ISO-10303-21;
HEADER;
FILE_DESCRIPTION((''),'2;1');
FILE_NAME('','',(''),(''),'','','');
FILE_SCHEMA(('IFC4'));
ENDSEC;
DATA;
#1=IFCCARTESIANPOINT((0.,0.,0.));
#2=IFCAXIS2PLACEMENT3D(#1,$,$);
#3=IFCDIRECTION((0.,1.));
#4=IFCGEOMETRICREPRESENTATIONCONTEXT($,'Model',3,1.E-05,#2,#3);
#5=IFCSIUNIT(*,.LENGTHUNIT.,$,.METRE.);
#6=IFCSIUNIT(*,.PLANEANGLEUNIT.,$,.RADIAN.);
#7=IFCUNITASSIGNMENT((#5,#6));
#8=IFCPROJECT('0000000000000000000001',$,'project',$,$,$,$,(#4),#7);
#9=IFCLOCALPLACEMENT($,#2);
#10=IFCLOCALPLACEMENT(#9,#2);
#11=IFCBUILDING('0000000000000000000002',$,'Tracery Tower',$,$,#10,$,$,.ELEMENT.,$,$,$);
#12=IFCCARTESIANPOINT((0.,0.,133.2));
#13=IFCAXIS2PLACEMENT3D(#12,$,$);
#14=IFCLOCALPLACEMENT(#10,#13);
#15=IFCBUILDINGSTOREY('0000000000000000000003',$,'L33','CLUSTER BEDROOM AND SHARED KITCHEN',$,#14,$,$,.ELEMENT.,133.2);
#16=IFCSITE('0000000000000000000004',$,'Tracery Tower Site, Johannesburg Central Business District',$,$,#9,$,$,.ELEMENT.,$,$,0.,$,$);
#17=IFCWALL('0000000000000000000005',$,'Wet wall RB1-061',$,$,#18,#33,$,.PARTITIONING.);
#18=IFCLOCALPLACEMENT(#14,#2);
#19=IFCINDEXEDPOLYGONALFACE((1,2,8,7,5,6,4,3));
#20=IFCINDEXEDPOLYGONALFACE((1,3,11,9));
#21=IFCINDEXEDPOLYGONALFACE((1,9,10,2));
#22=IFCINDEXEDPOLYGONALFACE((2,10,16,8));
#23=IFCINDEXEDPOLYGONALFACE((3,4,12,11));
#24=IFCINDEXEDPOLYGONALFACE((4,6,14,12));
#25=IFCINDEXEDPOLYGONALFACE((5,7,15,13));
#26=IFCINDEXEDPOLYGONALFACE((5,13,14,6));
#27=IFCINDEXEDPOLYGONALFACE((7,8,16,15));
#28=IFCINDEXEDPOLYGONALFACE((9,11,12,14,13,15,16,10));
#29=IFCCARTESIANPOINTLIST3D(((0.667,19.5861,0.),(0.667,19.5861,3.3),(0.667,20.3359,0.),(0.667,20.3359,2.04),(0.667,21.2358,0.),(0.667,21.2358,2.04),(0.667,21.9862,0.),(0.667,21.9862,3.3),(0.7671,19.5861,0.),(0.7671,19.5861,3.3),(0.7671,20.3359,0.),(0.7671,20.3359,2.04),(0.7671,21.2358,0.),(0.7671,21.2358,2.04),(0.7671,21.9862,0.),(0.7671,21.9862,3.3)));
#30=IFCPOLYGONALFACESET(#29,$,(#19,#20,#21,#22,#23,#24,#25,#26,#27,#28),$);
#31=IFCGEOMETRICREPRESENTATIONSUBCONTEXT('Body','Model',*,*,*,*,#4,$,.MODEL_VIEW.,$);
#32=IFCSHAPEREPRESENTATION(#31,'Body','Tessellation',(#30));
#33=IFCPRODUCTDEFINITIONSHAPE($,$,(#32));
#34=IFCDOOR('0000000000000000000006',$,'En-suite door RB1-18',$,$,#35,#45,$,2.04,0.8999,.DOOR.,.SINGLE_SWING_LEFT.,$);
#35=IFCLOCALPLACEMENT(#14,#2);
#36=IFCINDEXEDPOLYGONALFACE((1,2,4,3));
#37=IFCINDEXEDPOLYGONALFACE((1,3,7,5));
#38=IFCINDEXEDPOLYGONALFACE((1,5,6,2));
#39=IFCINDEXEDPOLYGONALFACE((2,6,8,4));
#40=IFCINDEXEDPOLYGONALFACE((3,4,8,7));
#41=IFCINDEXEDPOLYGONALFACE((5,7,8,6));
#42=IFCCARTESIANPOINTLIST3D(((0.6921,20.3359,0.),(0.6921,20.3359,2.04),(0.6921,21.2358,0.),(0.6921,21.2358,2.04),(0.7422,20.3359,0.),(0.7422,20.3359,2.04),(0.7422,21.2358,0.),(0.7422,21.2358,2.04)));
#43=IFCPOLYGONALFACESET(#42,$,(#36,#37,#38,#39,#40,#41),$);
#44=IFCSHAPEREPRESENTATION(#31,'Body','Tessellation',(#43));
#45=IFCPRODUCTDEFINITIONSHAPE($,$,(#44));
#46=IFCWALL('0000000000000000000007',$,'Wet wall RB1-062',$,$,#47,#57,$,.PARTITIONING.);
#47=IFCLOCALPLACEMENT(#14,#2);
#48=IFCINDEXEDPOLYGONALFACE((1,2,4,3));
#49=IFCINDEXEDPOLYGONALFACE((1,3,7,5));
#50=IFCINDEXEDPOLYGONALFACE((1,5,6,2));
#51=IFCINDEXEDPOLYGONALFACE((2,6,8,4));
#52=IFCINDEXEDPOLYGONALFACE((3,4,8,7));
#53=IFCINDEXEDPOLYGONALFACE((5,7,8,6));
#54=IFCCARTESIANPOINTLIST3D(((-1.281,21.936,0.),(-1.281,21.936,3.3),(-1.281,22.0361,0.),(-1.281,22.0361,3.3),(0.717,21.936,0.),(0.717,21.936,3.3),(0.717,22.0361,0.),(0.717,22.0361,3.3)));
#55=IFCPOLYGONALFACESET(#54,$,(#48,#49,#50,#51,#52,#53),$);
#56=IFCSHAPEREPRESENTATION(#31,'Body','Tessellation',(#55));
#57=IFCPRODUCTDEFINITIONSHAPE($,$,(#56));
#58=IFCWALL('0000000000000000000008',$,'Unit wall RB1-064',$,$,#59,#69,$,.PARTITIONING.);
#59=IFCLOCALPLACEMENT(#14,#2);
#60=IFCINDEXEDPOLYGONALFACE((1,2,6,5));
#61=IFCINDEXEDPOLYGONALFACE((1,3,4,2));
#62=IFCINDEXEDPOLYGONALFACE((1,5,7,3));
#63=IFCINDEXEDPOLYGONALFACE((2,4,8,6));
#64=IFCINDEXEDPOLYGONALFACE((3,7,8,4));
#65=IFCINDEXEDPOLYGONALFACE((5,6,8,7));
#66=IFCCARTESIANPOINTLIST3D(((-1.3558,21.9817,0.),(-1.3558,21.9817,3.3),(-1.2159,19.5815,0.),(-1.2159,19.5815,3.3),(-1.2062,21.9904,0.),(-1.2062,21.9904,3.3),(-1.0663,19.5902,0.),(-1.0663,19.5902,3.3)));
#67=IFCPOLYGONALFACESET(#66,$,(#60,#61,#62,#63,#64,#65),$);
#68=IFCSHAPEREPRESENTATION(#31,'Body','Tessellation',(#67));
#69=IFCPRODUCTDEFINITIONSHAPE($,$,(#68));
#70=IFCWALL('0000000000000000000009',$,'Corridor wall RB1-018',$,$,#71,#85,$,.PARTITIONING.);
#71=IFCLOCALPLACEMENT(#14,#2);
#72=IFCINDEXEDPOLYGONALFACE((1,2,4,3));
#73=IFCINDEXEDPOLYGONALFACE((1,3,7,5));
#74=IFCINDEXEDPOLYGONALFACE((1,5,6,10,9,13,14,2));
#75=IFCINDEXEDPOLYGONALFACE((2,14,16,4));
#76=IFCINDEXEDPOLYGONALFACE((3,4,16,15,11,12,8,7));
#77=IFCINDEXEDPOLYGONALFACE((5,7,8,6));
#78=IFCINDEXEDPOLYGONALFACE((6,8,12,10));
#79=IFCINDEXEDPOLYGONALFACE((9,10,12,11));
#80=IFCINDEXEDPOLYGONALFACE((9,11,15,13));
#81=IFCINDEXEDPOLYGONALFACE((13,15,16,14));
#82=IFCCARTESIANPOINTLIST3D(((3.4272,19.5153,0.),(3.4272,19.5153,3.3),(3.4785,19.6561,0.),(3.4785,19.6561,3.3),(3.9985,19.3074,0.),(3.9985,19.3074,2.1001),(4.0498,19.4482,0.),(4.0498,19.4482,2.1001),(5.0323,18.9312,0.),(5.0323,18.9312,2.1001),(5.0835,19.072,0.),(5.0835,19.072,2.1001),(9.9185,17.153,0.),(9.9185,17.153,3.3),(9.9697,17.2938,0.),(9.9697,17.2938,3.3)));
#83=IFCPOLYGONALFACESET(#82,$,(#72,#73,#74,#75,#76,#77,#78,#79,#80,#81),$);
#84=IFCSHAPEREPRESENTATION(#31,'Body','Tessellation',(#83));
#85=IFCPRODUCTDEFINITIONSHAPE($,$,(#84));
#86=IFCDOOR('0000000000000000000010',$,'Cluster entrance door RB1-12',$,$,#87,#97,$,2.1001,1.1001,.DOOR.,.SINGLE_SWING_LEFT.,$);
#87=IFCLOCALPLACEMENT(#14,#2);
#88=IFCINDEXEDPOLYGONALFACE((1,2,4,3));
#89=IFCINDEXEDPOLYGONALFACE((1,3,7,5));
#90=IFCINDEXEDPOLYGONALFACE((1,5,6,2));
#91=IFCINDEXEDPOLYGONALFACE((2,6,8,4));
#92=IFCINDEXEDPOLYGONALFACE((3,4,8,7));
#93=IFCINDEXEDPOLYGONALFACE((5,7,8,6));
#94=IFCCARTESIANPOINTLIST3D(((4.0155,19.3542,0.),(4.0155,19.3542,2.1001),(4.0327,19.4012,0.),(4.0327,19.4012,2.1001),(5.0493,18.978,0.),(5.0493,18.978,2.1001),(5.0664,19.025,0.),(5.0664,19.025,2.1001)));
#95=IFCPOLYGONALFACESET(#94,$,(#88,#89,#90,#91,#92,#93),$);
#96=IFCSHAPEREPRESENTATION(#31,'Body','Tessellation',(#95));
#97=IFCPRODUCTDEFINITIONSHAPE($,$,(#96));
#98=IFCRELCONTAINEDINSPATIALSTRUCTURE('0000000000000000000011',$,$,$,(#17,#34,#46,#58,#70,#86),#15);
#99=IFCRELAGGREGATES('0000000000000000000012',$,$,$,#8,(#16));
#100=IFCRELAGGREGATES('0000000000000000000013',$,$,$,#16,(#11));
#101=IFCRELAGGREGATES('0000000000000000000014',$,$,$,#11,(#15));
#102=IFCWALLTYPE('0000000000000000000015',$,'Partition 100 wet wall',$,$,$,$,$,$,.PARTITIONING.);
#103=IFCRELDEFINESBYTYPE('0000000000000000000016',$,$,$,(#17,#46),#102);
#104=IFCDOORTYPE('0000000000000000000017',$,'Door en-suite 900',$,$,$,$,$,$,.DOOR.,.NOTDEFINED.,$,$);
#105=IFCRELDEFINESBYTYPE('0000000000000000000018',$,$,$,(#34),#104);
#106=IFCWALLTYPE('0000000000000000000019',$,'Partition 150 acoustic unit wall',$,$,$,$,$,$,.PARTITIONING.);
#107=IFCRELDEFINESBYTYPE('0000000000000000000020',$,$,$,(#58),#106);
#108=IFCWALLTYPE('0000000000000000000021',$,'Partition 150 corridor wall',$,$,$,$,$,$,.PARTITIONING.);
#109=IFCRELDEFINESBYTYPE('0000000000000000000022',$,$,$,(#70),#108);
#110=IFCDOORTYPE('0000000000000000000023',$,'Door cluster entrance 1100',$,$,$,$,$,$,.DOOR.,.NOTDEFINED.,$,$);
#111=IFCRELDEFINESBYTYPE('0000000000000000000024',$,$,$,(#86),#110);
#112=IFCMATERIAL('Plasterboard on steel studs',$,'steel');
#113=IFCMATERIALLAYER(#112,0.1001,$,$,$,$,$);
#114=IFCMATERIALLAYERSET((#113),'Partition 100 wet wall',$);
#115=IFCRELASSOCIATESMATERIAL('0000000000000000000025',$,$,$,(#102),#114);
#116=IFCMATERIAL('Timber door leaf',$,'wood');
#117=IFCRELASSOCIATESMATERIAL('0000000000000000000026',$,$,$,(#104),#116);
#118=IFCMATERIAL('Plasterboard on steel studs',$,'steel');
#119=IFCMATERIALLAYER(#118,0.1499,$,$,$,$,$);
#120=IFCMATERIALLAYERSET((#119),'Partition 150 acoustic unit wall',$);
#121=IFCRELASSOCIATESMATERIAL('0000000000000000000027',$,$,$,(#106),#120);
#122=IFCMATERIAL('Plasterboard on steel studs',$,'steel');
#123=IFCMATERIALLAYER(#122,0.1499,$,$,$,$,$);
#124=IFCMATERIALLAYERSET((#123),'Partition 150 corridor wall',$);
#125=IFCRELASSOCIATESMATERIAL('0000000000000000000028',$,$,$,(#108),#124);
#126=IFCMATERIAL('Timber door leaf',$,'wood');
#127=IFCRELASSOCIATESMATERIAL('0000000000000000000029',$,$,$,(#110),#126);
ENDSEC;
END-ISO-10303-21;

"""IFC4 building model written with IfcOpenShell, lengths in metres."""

from ifc_helpers import new_model, si_unit, direction, frame, frame_2d, origin, place, context, subcontext, project, spatial, rectangle, extrude, material, layer, layer_set, type_object, element, fill, save


model = new_model("IFC4")

# Units and contexts
model_context = context("Model", 3, precision=1e-05, world=origin(), true_north=direction((0.0, 1.0)))
body_context = subcontext(model_context, "Body", "Model", "MODEL_VIEW")
ifc_project = project(units=[si_unit("LENGTHUNIT", "METRE"), si_unit("PLANEANGLEUNIT", "RADIAN")], contexts=[model_context])

# Site, building, storey
site_placement = place(None, origin())
site = spatial("IfcSite", under=ifc_project, at=site_placement, Name="Tracery Tower Site, Johannesburg Central Business District", CompositionType="ELEMENT", RefElevation=0.0)
building_placement = place(site_placement, origin())
building = spatial("IfcBuilding", under=site, at=building_placement, Name="Tracery Tower", CompositionType="ELEMENT")
storey_placement = place(building_placement, frame((0.0, 0.0, 133.2)))
storey = spatial("IfcBuildingStorey", under=building, at=storey_placement, Name="L33", Description="CLUSTER BEDROOM AND SHARED KITCHEN", CompositionType="ELEMENT", Elevation=133.2)

# Shared definitions
ifc_material_1 = material(Name="Plasterboard on steel studs", Category="steel")
ifc_layer_1 = layer(ifc_material_1, 0.1001)
ifc_layer_set_1 = layer_set([ifc_layer_1], Name="Partition 100 wet wall")
wall_type_1 = type_object("IfcWallType", Name="Partition 100 wet wall", PredefinedType="PARTITIONING", material=ifc_layer_set_1)

# Wall, opening, door
wall_1_placement = place(storey_placement, frame((0.717, 19.5859, 0.0), z_axis=(0.0, 0.0, 1.0), x_axis=(0.0, 1.0, 0.0)))
wall_1 = element("IfcWall", 1, at=wall_1_placement, inside=storey, type_object=wall_type_1, Name="Wet wall RB1-061", PredefinedType="PARTITIONING", context=body_context, shape_type="SweptSolid", body=[
    extrude(rectangle(XDim=2.4001, YDim=0.1001, at=frame_2d((1.2002, 0.0))), origin(), (0.0, 0.0, 1.0), 3.3),
])
opening_1_placement = place(wall_1_placement, frame((0.75, 0.0, 0.0)))
opening_1 = element("IfcOpeningElement", 2, at=opening_1_placement, cuts=wall_1, PredefinedType="OPENING", context=body_context, shape_type="SweptSolid", body=[
    extrude(rectangle(XDim=0.8999, YDim=2.04, at=frame_2d((0.45, 1.02))), frame((0.0, 0.05, 0.0), z_axis=(0.0, -1.0, 0.0), x_axis=(1.0, 0.0, 0.0)), (0.0, 0.0, 1.0), 0.1001),
])
ifc_material_2 = material(Name="Timber door leaf", Category="wood")
door_type_1 = type_object("IfcDoorType", Name="Door en-suite 900", OperationType="NOTDEFINED", PredefinedType="DOOR", material=ifc_material_2)
door_1_placement = place(opening_1_placement, origin())
door_1 = element("IfcDoor", 3, at=door_1_placement, inside=storey, type_object=door_type_1, Name="En-suite door RB1-18", OperationType="SINGLE_SWING_LEFT", OverallHeight=2.04, OverallWidth=0.8999, PredefinedType="DOOR", context=body_context, shape_type="SweptSolid", body=[
    extrude(rectangle(XDim=0.8999, YDim=2.04, at=frame_2d((0.45, 1.02))), frame((0.0, 0.0249, 0.0), z_axis=(0.0, -1.0, 0.0), x_axis=(1.0, 0.0, 0.0)), (0.0, 0.0, 1.0), 0.05),
])
fill(opening_1, door_1)

# Walls
wall_2_placement = place(storey_placement, frame((-1.281, 21.9861, 0.0), z_axis=(0.0, 0.0, 1.0), x_axis=(1.0, 0.0, 0.0)))
element("IfcWall", 4, at=wall_2_placement, inside=storey, type_object=wall_type_1, Name="Wet wall RB1-062", PredefinedType="PARTITIONING", context=body_context, shape_type="SweptSolid", body=[
    extrude(rectangle(XDim=1.998, YDim=0.1001, at=frame_2d((0.999, 0.0))), origin(), (0.0, 0.0, 1.0), 3.3),
])
ifc_material_3 = material(Name="Plasterboard on steel studs", Category="steel")
ifc_layer_2 = layer(ifc_material_3, 0.1499)
ifc_layer_set_2 = layer_set([ifc_layer_2], Name="Partition 150 acoustic unit wall")
wall_type_2 = type_object("IfcWallType", Name="Partition 150 acoustic unit wall", PredefinedType="PARTITIONING", material=ifc_layer_set_2)
wall_3_placement = place(storey_placement, frame((-1.281, 21.9861, 0.0), z_axis=(0.0, 0.0, 1.0), x_axis=(0.058186, -0.998306, 0.0)))
element("IfcWall", 5, at=wall_3_placement, inside=storey, type_object=wall_type_2, Name="Unit wall RB1-064", PredefinedType="PARTITIONING", context=body_context, shape_type="SweptSolid", body=[
    extrude(rectangle(XDim=2.4043, YDim=0.1499, at=frame_2d((1.2021, 0.0))), origin(), (0.0, 0.0, 1.0), 3.3),
])

# Wall, opening, door
ifc_material_4 = material(Name="Plasterboard on steel studs", Category="steel")
ifc_layer_3 = layer(ifc_material_4, 0.1499)
ifc_layer_set_3 = layer_set([ifc_layer_3], Name="Partition 150 corridor wall")
wall_type_3 = type_object("IfcWallType", Name="Partition 150 corridor wall", PredefinedType="PARTITIONING", material=ifc_layer_set_3)
wall_4_placement = place(storey_placement, frame((3.4529, 19.5857, 0.0), z_axis=(0.0, 0.0, 1.0), x_axis=(0.939707, -0.341981, 0.0)))
wall_4 = element("IfcWall", 6, at=wall_4_placement, inside=storey, type_object=wall_type_3, Name="Corridor wall RB1-018", PredefinedType="PARTITIONING", context=body_context, shape_type="SweptSolid", body=[
    extrude(rectangle(XDim=6.9077, YDim=0.1499, at=frame_2d((3.4539, 0.0))), origin(), (0.0, 0.0, 1.0), 3.3),
])
opening_2_placement = place(wall_4_placement, frame((0.6079, 0.0, 0.0)))
opening_2 = element("IfcOpeningElement", 7, at=opening_2_placement, cuts=wall_4, PredefinedType="OPENING", context=body_context, shape_type="SweptSolid", body=[
    extrude(rectangle(XDim=1.1001, YDim=2.1001, at=frame_2d((0.55, 1.05))), frame((0.0, 0.075, 0.0), z_axis=(0.0, -1.0, 0.0), x_axis=(1.0, 0.0, 0.0)), (0.0, 0.0, 1.0), 0.1499),
])
ifc_material_5 = material(Name="Timber door leaf", Category="wood")
door_type_2 = type_object("IfcDoorType", Name="Door cluster entrance 1100", OperationType="NOTDEFINED", PredefinedType="DOOR", material=ifc_material_5)
door_2_placement = place(opening_2_placement, origin())
door_2 = element("IfcDoor", 8, at=door_2_placement, inside=storey, type_object=door_type_2, Name="Cluster entrance door RB1-12", OperationType="SINGLE_SWING_LEFT", OverallHeight=2.1001, OverallWidth=1.1001, PredefinedType="DOOR", context=body_context, shape_type="SweptSolid", body=[
    extrude(rectangle(XDim=1.1001, YDim=2.1001, at=frame_2d((0.55, 1.05))), frame((0.0, 0.0249, 0.0), z_axis=(0.0, -1.0, 0.0), x_axis=(1.0, 0.0, 0.0)), (0.0, 0.0, 1.0), 0.05),
])
fill(opening_2, door_2)

save(model, "model.ifc")
